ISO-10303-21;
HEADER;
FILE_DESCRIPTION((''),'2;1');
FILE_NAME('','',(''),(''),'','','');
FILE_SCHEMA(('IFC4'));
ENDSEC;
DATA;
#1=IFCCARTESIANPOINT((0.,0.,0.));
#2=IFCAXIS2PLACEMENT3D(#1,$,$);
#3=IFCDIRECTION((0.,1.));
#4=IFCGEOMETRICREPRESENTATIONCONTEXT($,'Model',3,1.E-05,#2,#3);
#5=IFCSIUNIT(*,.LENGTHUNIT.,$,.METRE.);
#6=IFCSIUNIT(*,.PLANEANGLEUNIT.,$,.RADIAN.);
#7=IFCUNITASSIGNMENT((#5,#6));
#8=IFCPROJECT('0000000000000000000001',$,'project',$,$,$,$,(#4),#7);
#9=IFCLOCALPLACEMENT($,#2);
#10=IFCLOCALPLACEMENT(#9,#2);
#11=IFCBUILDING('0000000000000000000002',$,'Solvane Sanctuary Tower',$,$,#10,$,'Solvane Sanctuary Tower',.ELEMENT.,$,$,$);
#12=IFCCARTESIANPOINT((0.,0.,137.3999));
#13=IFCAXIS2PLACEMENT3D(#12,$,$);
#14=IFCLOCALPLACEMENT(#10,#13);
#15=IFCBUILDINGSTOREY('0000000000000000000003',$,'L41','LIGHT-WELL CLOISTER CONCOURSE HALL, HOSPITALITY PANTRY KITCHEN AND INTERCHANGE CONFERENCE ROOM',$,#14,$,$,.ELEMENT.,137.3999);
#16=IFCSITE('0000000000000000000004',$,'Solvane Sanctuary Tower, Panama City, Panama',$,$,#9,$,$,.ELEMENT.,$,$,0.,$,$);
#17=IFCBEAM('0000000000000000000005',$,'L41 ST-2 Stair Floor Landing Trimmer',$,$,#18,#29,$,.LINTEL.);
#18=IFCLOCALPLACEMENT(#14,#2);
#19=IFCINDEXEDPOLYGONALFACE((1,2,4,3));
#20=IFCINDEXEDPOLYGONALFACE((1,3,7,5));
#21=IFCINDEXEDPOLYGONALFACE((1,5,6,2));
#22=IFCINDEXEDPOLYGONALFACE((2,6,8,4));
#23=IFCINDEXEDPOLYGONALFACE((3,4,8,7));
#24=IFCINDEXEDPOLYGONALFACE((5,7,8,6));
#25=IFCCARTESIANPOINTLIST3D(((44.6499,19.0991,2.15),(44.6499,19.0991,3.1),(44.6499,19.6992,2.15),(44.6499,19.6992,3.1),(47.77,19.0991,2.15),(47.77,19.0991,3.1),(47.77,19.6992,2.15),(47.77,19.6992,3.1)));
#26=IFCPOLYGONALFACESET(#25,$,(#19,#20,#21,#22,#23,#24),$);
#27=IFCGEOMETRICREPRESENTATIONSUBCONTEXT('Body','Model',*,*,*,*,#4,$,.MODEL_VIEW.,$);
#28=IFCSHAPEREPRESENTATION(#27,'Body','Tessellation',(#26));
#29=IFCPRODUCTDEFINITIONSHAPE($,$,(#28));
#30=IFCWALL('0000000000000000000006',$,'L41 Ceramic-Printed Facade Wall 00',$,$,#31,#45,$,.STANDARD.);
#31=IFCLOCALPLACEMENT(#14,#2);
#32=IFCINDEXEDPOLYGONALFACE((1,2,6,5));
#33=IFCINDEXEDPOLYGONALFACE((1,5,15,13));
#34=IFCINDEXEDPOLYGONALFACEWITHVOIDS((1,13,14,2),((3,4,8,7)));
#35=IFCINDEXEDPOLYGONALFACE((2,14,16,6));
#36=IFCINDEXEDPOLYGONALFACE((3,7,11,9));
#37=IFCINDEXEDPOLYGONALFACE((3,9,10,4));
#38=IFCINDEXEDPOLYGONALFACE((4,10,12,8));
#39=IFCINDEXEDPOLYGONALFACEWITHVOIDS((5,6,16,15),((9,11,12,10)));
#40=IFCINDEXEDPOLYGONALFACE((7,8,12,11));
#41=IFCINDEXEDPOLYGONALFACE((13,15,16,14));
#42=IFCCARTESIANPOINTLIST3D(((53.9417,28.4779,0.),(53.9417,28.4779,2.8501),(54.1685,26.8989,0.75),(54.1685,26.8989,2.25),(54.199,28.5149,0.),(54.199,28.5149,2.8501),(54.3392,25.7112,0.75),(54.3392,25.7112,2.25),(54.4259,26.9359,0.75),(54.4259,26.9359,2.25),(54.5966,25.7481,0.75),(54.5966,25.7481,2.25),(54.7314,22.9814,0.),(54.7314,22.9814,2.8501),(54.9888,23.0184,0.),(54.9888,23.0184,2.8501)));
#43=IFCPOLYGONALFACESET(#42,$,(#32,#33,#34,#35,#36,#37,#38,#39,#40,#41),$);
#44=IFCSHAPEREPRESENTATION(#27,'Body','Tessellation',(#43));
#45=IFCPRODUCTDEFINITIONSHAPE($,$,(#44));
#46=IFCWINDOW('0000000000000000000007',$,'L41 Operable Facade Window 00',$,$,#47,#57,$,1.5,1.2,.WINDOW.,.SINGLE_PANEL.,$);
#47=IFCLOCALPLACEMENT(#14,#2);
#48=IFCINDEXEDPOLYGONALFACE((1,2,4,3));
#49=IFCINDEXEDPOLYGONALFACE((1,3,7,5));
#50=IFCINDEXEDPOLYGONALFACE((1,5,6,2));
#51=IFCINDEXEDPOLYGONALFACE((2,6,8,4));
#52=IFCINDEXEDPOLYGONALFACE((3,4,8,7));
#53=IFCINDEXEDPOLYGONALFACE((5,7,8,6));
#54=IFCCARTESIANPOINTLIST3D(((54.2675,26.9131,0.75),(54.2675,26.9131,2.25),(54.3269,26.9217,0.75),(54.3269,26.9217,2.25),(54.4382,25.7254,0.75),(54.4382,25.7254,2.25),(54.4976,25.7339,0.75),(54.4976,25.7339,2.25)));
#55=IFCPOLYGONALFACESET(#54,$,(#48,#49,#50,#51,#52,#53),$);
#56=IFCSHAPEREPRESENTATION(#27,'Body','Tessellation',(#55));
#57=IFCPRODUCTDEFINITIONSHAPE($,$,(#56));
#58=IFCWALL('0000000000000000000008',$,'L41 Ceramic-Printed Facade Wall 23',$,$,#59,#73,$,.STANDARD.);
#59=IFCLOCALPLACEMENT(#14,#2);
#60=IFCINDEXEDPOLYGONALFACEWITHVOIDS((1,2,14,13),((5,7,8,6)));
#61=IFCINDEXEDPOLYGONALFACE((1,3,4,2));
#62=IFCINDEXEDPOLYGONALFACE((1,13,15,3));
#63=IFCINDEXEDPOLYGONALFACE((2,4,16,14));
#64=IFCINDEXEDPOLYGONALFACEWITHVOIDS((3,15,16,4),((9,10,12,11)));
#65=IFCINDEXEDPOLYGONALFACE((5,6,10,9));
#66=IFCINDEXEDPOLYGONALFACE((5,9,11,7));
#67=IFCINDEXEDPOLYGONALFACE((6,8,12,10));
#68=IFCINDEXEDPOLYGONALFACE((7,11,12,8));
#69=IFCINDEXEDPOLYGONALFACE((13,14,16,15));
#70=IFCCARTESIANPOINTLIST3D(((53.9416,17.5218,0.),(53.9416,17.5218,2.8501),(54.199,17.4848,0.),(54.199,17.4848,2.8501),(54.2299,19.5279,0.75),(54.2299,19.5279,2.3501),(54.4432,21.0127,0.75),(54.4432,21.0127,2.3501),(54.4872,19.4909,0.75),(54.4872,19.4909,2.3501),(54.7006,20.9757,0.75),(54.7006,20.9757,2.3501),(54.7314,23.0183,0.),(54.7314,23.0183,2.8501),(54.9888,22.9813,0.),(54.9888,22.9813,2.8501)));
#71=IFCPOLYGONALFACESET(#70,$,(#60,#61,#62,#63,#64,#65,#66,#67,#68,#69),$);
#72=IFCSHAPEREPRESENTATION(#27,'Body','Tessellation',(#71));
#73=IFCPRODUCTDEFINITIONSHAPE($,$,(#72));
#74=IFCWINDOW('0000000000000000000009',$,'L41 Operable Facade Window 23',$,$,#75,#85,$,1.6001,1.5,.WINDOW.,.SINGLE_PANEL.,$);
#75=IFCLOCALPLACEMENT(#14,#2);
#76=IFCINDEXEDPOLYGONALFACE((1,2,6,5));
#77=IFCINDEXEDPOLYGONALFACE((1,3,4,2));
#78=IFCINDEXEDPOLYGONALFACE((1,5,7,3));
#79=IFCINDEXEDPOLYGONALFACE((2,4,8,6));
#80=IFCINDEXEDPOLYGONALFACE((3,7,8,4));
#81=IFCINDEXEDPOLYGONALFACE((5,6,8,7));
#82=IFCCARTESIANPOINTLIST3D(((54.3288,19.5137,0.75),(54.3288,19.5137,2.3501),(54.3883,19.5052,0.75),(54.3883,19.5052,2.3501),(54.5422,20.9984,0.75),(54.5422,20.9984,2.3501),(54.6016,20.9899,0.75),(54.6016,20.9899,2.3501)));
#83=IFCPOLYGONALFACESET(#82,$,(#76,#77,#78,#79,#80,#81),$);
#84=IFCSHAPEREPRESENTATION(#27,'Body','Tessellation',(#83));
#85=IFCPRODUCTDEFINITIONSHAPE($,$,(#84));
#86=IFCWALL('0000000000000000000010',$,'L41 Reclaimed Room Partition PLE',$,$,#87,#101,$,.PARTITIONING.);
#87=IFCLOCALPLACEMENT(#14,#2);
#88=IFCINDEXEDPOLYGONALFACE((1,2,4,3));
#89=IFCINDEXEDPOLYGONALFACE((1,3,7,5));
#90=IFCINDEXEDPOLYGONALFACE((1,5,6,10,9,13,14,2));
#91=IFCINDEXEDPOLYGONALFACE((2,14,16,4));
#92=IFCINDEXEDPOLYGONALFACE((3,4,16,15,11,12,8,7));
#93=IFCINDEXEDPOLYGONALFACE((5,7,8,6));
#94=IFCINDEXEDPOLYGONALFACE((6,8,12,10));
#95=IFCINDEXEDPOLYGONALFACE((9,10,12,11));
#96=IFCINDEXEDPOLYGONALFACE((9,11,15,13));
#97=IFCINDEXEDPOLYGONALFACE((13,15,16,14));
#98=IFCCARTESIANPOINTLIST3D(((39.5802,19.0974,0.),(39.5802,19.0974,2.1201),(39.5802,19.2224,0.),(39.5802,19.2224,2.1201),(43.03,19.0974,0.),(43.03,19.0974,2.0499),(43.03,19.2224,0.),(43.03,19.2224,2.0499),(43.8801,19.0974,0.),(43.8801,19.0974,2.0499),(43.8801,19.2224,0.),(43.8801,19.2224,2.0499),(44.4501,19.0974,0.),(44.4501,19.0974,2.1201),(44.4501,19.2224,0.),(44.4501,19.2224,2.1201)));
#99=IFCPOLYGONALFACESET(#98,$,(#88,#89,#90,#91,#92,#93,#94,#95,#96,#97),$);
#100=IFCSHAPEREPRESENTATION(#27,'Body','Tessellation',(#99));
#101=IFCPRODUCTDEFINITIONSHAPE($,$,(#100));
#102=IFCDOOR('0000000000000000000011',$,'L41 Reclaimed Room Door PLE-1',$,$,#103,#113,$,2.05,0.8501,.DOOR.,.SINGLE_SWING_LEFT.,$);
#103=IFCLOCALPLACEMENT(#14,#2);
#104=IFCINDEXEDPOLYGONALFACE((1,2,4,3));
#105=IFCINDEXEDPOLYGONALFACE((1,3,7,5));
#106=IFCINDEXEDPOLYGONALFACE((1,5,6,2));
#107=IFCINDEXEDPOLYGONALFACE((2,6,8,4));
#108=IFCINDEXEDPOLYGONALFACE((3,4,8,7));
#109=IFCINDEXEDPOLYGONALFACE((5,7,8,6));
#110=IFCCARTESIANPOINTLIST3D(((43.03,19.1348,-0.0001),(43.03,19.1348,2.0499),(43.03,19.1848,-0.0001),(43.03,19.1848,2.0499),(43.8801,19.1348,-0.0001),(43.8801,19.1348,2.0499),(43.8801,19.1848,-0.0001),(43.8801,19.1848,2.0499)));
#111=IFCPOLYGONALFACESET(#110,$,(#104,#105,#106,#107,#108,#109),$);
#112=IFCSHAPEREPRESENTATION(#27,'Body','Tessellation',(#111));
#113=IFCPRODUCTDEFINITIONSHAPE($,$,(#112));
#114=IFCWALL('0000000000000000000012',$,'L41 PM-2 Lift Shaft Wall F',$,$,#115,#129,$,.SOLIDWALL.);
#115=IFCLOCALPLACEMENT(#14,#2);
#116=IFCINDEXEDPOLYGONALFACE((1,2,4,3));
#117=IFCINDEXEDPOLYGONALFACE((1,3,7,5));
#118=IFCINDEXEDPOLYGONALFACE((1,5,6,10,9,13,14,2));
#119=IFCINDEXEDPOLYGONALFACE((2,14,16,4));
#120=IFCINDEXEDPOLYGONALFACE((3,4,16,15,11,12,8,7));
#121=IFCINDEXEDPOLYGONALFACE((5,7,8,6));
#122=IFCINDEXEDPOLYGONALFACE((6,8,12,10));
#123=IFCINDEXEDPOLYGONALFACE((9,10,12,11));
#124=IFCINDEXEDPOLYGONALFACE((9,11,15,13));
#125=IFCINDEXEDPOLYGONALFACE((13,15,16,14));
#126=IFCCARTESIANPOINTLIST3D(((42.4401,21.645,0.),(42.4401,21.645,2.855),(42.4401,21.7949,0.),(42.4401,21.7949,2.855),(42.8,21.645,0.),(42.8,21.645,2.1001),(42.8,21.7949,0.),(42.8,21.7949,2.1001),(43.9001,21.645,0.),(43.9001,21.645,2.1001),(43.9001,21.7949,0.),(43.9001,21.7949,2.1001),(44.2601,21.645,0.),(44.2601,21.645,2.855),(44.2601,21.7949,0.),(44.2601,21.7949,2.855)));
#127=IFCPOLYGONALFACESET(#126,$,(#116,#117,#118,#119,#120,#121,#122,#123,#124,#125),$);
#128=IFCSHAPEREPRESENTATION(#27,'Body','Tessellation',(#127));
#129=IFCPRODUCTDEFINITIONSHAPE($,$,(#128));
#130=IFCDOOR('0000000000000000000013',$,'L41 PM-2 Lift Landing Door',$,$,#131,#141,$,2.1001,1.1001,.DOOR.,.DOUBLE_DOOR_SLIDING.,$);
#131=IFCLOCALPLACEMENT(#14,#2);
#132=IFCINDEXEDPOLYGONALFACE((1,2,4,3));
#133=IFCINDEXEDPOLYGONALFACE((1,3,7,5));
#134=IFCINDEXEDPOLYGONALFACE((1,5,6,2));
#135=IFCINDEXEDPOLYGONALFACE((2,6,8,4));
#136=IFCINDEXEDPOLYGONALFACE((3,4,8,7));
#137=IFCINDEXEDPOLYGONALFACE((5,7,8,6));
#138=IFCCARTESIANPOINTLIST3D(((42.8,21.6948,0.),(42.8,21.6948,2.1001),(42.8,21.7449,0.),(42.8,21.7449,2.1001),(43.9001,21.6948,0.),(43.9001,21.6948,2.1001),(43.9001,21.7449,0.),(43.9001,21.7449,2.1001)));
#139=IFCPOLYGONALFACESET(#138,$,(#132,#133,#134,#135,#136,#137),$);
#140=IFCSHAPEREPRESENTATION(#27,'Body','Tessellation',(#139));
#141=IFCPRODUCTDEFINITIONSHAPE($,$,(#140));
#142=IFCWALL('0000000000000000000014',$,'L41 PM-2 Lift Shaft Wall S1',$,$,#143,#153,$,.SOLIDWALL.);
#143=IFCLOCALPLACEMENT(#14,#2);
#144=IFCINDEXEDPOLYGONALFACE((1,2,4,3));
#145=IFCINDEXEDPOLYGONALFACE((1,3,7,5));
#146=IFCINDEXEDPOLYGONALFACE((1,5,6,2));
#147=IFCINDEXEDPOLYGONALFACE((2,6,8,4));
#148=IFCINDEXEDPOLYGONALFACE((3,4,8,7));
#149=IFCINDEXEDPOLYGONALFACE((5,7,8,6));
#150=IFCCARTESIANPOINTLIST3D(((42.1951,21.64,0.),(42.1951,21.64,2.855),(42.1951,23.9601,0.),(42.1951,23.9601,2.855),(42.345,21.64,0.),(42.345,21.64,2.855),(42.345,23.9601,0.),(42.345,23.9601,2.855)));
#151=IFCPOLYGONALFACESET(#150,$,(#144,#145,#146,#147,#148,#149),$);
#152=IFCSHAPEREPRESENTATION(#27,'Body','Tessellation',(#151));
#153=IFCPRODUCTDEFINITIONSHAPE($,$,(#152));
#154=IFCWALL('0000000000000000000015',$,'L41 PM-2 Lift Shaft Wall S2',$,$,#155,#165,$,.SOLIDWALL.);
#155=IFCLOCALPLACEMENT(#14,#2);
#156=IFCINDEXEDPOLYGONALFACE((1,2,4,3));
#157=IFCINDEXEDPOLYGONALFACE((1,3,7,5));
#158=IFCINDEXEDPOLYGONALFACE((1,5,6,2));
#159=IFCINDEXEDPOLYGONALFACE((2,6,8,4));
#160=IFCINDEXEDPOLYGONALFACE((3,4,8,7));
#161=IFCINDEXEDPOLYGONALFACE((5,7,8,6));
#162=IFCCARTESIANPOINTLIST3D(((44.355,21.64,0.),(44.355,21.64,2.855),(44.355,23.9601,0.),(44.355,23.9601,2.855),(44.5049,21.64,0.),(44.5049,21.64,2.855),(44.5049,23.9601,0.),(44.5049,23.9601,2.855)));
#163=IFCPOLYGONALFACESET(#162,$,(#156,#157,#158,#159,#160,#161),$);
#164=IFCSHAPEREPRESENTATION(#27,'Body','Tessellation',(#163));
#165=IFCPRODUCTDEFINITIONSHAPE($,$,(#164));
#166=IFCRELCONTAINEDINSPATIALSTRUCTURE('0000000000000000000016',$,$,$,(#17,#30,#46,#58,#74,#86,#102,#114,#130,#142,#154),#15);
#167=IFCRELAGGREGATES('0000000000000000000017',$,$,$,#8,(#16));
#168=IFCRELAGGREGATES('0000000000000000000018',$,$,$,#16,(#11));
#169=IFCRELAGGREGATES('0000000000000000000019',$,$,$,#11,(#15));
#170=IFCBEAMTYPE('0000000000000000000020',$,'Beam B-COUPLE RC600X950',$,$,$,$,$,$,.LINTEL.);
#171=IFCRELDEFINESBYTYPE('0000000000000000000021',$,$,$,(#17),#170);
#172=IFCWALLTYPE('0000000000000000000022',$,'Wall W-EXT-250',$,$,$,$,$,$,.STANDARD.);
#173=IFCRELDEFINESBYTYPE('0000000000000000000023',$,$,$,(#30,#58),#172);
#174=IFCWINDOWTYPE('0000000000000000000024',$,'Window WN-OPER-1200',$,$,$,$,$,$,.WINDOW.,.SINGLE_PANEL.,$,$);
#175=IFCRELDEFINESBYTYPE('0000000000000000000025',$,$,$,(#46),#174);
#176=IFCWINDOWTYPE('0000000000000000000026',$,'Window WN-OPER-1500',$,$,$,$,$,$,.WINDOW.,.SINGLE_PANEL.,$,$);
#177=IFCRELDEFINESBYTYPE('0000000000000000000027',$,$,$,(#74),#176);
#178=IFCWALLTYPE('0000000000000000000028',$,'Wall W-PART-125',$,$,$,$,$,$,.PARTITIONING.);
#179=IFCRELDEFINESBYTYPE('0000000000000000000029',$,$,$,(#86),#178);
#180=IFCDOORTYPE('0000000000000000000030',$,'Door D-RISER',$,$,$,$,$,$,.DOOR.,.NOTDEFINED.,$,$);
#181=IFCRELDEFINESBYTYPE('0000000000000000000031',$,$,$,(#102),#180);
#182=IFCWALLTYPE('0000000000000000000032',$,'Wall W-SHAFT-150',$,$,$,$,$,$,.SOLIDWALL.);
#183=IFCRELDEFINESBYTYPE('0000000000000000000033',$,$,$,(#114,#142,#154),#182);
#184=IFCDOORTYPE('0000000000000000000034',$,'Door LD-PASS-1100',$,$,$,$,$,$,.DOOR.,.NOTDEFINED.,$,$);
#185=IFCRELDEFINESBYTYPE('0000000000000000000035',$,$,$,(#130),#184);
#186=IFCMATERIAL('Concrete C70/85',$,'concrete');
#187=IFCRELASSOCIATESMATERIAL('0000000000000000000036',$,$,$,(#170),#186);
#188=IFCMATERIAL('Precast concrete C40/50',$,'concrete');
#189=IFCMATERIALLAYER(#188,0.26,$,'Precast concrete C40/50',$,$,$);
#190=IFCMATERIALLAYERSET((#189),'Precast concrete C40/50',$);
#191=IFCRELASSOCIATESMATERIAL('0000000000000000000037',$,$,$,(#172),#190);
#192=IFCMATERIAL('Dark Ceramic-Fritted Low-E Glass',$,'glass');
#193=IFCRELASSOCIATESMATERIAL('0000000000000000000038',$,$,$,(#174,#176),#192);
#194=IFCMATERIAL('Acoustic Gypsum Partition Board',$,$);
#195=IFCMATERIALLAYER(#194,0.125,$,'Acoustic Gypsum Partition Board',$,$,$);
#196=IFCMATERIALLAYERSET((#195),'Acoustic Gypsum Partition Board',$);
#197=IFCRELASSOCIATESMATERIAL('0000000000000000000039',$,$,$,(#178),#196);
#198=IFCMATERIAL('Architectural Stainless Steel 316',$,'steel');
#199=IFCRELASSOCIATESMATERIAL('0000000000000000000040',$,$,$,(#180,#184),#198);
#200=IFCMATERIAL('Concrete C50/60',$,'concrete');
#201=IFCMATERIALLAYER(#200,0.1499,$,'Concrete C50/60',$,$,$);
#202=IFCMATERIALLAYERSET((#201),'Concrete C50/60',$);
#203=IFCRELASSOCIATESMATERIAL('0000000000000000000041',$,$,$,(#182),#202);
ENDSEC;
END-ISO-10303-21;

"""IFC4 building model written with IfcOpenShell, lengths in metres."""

from ifc_helpers import new_model, si_unit, direction, frame, frame_2d, origin, origin_2d, place, context, subcontext, project, spatial, rectangle, extrude, material, layer, layer_set, material_profile, profile_set, type_object, element, fill, save


model = new_model("IFC4")

# Units and contexts
model_context = context("Model", 3, precision=1e-05, world=origin(), true_north=direction((0.0, 1.0)))
body_context = subcontext(model_context, "Body", "Model", "MODEL_VIEW")
ifc_project = project(units=[si_unit("LENGTHUNIT", "METRE"), si_unit("PLANEANGLEUNIT", "RADIAN")], contexts=[model_context])

# Site, building, storey
site_placement = place(None, origin())
site = spatial("IfcSite", under=ifc_project, at=site_placement, Name="Solvane Sanctuary Tower, Panama City, Panama", CompositionType="ELEMENT", RefElevation=0.0)
building_placement = place(site_placement, origin())
building = spatial("IfcBuilding", under=site, at=building_placement, Name="Solvane Sanctuary Tower", LongName="Solvane Sanctuary Tower", CompositionType="ELEMENT")
storey_placement = place(building_placement, frame((0.0, 0.0, 137.3999)))
storey = spatial("IfcBuildingStorey", under=building, at=storey_placement, Name="L41", Description="LIGHT-WELL CLOISTER CONCOURSE HALL, HOSPITALITY PANTRY KITCHEN AND INTERCHANGE CONFERENCE ROOM", CompositionType="ELEMENT", Elevation=137.3999)

# Beam
ifc_material_1 = material(Name="Concrete C70/85", Category="concrete")
ifc_material_profile = material_profile(ifc_material_1, rectangle(XDim=0.6001, YDim=0.95, at=origin_2d()), Name="RC600X950")
ifc_profile_set = profile_set([ifc_material_profile], Name="Concrete C70/85")
beam_type = type_object("IfcBeamType", Name="Beam B-COUPLE RC600X950", PredefinedType="LINTEL", material=ifc_profile_set)
beam_placement = place(storey_placement, frame((44.6499, 19.3992, 2.625), z_axis=(1.0, 0.0, 0.0), x_axis=(0.0, 1.0, 0.0)))
element("IfcBeam", 1, at=beam_placement, inside=storey, type_object=beam_type, Name="L41 ST-2 Stair Floor Landing Trimmer", PredefinedType="LINTEL", context=body_context, shape_type="SweptSolid", body=[
    extrude(rectangle(XDim=0.6001, YDim=0.95, at=origin_2d()), origin(), (0.0, 0.0, 1.0), 3.1201),
])

# Walls, openings, windows
ifc_material_2 = material(Name="Precast concrete C40/50", Category="concrete")
ifc_layer_1 = layer(ifc_material_2, 0.26, Name="Precast concrete C40/50")
ifc_layer_set_1 = layer_set([ifc_layer_1], Name="Precast concrete C40/50")
wall_type_1 = type_object("IfcWallType", Name="Wall W-EXT-250", PredefinedType="STANDARD", material=ifc_layer_set_1)
wall_1_placement = place(storey_placement, frame((54.8601, 23.0, 0.0), z_axis=(0.0, 0.0, 1.0), x_axis=(-0.142228, 0.989834, 0.0)))
wall_1 = element("IfcWall", 2, at=wall_1_placement, inside=storey, type_object=wall_type_1, Name="L41 Ceramic-Printed Facade Wall 00", PredefinedType="STANDARD", context=body_context, shape_type="SweptSolid", body=[
    extrude(rectangle(XDim=5.553, YDim=0.26, at=frame_2d((2.7764, 0.0))), origin(), (0.0, 0.0, 1.0), 2.8501),
])
opening_1_placement = place(wall_1_placement, frame((2.7576, 0.0, 0.75)))
opening_1 = element("IfcOpeningElement", 3, at=opening_1_placement, cuts=wall_1, PredefinedType="OPENING", context=body_context, shape_type="SweptSolid", body=[
    extrude(rectangle(XDim=1.2, YDim=1.5, at=frame_2d((0.6001, 0.75))), frame((0.0, 0.1399, 0.0), z_axis=(0.0, -1.0, 0.0), x_axis=(1.0, 0.0, 0.0)), (0.0, 0.0, 1.0), 0.28),
])
ifc_material_3 = material(Name="Dark Ceramic-Fritted Low-E Glass", Category="glass")
window_type_1 = type_object("IfcWindowType", Name="Window WN-OPER-1200", PartitioningType="SINGLE_PANEL", PredefinedType="WINDOW", material=ifc_material_3)
window_1_placement = place(opening_1_placement, origin())
window_1 = element("IfcWindow", 4, at=window_1_placement, inside=storey, type_object=window_type_1, Name="L41 Operable Facade Window 00", OverallHeight=1.5, OverallWidth=1.2, PartitioningType="SINGLE_PANEL", PredefinedType="WINDOW", context=body_context, shape_type="SweptSolid", body=[
    extrude(rectangle(XDim=1.2, YDim=1.5, at=frame_2d((0.6001, 0.75))), frame((0.0, 0.03, 0.0), z_axis=(0.0, -1.0, 0.0), x_axis=(1.0, 0.0, 0.0)), (0.0, 0.0, 1.0), 0.0601),
])
fill(opening_1, window_1)
wall_2_placement = place(storey_placement, frame((54.0703, 17.5034, 0.0), z_axis=(0.0, 0.0, 1.0), x_axis=(0.142228, 0.989834, 0.0)))
wall_2 = element("IfcWall", 5, at=wall_2_placement, inside=storey, type_object=wall_type_1, Name="L41 Ceramic-Printed Facade Wall 23", PredefinedType="STANDARD", context=body_context, shape_type="SweptSolid", body=[
    extrude(rectangle(XDim=5.553, YDim=0.26, at=frame_2d((2.7764, 0.0))), origin(), (0.0, 0.0, 1.0), 2.8501),
])
opening_2_placement = place(wall_2_placement, frame((2.0266, 0.0, 0.75)))
opening_2 = element("IfcOpeningElement", 6, at=opening_2_placement, cuts=wall_2, PredefinedType="OPENING", context=body_context, shape_type="SweptSolid", body=[
    extrude(rectangle(XDim=1.5, YDim=1.6001, at=frame_2d((0.75, 0.8))), frame((0.0, 0.1399, 0.0), z_axis=(0.0, -1.0, 0.0), x_axis=(1.0, 0.0, 0.0)), (0.0, 0.0, 1.0), 0.28),
])
window_type_2 = type_object("IfcWindowType", Name="Window WN-OPER-1500", PartitioningType="SINGLE_PANEL", PredefinedType="WINDOW", material=ifc_material_3)
window_2_placement = place(opening_2_placement, origin())
window_2 = element("IfcWindow", 7, at=window_2_placement, inside=storey, type_object=window_type_2, Name="L41 Operable Facade Window 23", OverallHeight=1.6001, OverallWidth=1.5, PartitioningType="SINGLE_PANEL", PredefinedType="WINDOW", context=body_context, shape_type="SweptSolid", body=[
    extrude(rectangle(XDim=1.5, YDim=1.6001, at=frame_2d((0.75, 0.8))), frame((0.0, 0.03, 0.0), z_axis=(0.0, -1.0, 0.0), x_axis=(1.0, 0.0, 0.0)), (0.0, 0.0, 1.0), 0.0601),
])
fill(opening_2, window_2)

# Walls, openings, doors
ifc_material_4 = material(Name="Acoustic Gypsum Partition Board")
ifc_layer_2 = layer(ifc_material_4, 0.125, Name="Acoustic Gypsum Partition Board")
ifc_layer_set_2 = layer_set([ifc_layer_2], Name="Acoustic Gypsum Partition Board")
wall_type_2 = type_object("IfcWallType", Name="Wall W-PART-125", PredefinedType="PARTITIONING", material=ifc_layer_set_2)
wall_3_placement = place(storey_placement, frame((39.5801, 19.1599, 0.0), z_axis=(0.0, 0.0, 1.0), x_axis=(1.0, 0.0, 0.0)))
wall_3 = element("IfcWall", 8, at=wall_3_placement, inside=storey, type_object=wall_type_2, Name="L41 Reclaimed Room Partition PLE", PredefinedType="PARTITIONING", context=body_context, shape_type="SweptSolid", body=[
    extrude(rectangle(XDim=4.8699, YDim=0.125, at=frame_2d((2.4351, 0.0))), origin(), (0.0, 0.0, 1.0), 2.1201),
])
opening_3_placement = place(wall_3_placement, frame((3.45, 0.0, 0.0)))
opening_3 = element("IfcOpeningElement", 9, at=opening_3_placement, cuts=wall_3, PredefinedType="OPENING", context=body_context, shape_type="SweptSolid", body=[
    extrude(rectangle(XDim=0.8501, YDim=2.05, at=frame_2d((0.425, 1.0249))), frame((0.0, 0.0725, 0.0), z_axis=(0.0, -1.0, 0.0), x_axis=(1.0, 0.0, 0.0)), (0.0, 0.0, 1.0), 0.145),
])
ifc_material_5 = material(Name="Architectural Stainless Steel 316", Category="steel")
door_type_1 = type_object("IfcDoorType", Name="Door D-RISER", OperationType="NOTDEFINED", PredefinedType="DOOR", material=ifc_material_5)
door_1_placement = place(opening_3_placement, origin())
door_1 = element("IfcDoor", 10, at=door_1_placement, inside=storey, type_object=door_type_1, Name="L41 Reclaimed Room Door PLE-1", OperationType="SINGLE_SWING_LEFT", OverallHeight=2.05, OverallWidth=0.8501, PredefinedType="DOOR", context=body_context, shape_type="SweptSolid", body=[
    extrude(rectangle(XDim=0.8501, YDim=2.05, at=frame_2d((0.425, 1.0249))), frame((0.0, 0.0249, 0.0), z_axis=(0.0, -1.0, 0.0), x_axis=(1.0, 0.0, 0.0)), (0.0, 0.0, 1.0), 0.05),
])
fill(opening_3, door_1)
ifc_material_6 = material(Name="Concrete C50/60", Category="concrete")
ifc_layer_3 = layer(ifc_material_6, 0.1499, Name="Concrete C50/60")
ifc_layer_set_3 = layer_set([ifc_layer_3], Name="Concrete C50/60")
wall_type_3 = type_object("IfcWallType", Name="Wall W-SHAFT-150", PredefinedType="SOLIDWALL", material=ifc_layer_set_3)
wall_4_placement = place(storey_placement, frame((42.4399, 21.72, 0.0), z_axis=(0.0, 0.0, 1.0), x_axis=(1.0, 0.0, 0.0)))
wall_4 = element("IfcWall", 11, at=wall_4_placement, inside=storey, type_object=wall_type_3, Name="L41 PM-2 Lift Shaft Wall F", PredefinedType="SOLIDWALL", context=body_context, shape_type="SweptSolid", body=[
    extrude(rectangle(XDim=1.8201, YDim=0.1499, at=frame_2d((0.9102, 0.0))), origin(), (0.0, 0.0, 1.0), 2.855),
])
opening_4_placement = place(wall_4_placement, frame((0.3601, 0.0, 0.0)))
opening_4 = element("IfcOpeningElement", 12, at=opening_4_placement, cuts=wall_4, PredefinedType="OPENING", context=body_context, shape_type="SweptSolid", body=[
    extrude(rectangle(XDim=1.1001, YDim=2.1001, at=frame_2d((0.55, 1.05))), frame((0.0, 0.085, 0.0), z_axis=(0.0, -1.0, 0.0), x_axis=(1.0, 0.0, 0.0)), (0.0, 0.0, 1.0), 0.1699),
])
door_type_2 = type_object("IfcDoorType", Name="Door LD-PASS-1100", OperationType="NOTDEFINED", PredefinedType="DOOR", material=ifc_material_5)
door_2_placement = place(opening_4_placement, origin())
door_2 = element("IfcDoor", 13, at=door_2_placement, inside=storey, type_object=door_type_2, Name="L41 PM-2 Lift Landing Door", OperationType="DOUBLE_DOOR_SLIDING", OverallHeight=2.1001, OverallWidth=1.1001, PredefinedType="DOOR", context=body_context, shape_type="SweptSolid", body=[
    extrude(rectangle(XDim=1.1001, YDim=2.1001, at=frame_2d((0.55, 1.05))), frame((0.0, 0.0249, 0.0), z_axis=(0.0, -1.0, 0.0), x_axis=(1.0, 0.0, 0.0)), (0.0, 0.0, 1.0), 0.05),
])
fill(opening_4, door_2)

# Walls
for number, where, z_axis, x_axis, name in (
    (14, (42.27, 21.6399, 0.0), (0.0, 0.0, 1.0), (0.0, 1.0, 0.0), "L41 PM-2 Lift Shaft Wall S1"),
    (15, (44.4299, 21.6399, 0.0), (0.0, 0.0, 1.0), (0.0, 1.0, 0.0), "L41 PM-2 Lift Shaft Wall S2"),
):
    element("IfcWall", number, at=place(storey_placement, frame(where, z_axis=z_axis, x_axis=x_axis)), inside=storey, type_object=wall_type_3, Name=name, PredefinedType="SOLIDWALL", context=body_context, shape_type="SweptSolid", body=[
        extrude(rectangle(XDim=2.3201, YDim=0.1499, at=frame_2d((1.1602, 0.0))), origin(), (0.0, 0.0, 1.0), 2.855),
    ])

save(model, "model.ifc")
